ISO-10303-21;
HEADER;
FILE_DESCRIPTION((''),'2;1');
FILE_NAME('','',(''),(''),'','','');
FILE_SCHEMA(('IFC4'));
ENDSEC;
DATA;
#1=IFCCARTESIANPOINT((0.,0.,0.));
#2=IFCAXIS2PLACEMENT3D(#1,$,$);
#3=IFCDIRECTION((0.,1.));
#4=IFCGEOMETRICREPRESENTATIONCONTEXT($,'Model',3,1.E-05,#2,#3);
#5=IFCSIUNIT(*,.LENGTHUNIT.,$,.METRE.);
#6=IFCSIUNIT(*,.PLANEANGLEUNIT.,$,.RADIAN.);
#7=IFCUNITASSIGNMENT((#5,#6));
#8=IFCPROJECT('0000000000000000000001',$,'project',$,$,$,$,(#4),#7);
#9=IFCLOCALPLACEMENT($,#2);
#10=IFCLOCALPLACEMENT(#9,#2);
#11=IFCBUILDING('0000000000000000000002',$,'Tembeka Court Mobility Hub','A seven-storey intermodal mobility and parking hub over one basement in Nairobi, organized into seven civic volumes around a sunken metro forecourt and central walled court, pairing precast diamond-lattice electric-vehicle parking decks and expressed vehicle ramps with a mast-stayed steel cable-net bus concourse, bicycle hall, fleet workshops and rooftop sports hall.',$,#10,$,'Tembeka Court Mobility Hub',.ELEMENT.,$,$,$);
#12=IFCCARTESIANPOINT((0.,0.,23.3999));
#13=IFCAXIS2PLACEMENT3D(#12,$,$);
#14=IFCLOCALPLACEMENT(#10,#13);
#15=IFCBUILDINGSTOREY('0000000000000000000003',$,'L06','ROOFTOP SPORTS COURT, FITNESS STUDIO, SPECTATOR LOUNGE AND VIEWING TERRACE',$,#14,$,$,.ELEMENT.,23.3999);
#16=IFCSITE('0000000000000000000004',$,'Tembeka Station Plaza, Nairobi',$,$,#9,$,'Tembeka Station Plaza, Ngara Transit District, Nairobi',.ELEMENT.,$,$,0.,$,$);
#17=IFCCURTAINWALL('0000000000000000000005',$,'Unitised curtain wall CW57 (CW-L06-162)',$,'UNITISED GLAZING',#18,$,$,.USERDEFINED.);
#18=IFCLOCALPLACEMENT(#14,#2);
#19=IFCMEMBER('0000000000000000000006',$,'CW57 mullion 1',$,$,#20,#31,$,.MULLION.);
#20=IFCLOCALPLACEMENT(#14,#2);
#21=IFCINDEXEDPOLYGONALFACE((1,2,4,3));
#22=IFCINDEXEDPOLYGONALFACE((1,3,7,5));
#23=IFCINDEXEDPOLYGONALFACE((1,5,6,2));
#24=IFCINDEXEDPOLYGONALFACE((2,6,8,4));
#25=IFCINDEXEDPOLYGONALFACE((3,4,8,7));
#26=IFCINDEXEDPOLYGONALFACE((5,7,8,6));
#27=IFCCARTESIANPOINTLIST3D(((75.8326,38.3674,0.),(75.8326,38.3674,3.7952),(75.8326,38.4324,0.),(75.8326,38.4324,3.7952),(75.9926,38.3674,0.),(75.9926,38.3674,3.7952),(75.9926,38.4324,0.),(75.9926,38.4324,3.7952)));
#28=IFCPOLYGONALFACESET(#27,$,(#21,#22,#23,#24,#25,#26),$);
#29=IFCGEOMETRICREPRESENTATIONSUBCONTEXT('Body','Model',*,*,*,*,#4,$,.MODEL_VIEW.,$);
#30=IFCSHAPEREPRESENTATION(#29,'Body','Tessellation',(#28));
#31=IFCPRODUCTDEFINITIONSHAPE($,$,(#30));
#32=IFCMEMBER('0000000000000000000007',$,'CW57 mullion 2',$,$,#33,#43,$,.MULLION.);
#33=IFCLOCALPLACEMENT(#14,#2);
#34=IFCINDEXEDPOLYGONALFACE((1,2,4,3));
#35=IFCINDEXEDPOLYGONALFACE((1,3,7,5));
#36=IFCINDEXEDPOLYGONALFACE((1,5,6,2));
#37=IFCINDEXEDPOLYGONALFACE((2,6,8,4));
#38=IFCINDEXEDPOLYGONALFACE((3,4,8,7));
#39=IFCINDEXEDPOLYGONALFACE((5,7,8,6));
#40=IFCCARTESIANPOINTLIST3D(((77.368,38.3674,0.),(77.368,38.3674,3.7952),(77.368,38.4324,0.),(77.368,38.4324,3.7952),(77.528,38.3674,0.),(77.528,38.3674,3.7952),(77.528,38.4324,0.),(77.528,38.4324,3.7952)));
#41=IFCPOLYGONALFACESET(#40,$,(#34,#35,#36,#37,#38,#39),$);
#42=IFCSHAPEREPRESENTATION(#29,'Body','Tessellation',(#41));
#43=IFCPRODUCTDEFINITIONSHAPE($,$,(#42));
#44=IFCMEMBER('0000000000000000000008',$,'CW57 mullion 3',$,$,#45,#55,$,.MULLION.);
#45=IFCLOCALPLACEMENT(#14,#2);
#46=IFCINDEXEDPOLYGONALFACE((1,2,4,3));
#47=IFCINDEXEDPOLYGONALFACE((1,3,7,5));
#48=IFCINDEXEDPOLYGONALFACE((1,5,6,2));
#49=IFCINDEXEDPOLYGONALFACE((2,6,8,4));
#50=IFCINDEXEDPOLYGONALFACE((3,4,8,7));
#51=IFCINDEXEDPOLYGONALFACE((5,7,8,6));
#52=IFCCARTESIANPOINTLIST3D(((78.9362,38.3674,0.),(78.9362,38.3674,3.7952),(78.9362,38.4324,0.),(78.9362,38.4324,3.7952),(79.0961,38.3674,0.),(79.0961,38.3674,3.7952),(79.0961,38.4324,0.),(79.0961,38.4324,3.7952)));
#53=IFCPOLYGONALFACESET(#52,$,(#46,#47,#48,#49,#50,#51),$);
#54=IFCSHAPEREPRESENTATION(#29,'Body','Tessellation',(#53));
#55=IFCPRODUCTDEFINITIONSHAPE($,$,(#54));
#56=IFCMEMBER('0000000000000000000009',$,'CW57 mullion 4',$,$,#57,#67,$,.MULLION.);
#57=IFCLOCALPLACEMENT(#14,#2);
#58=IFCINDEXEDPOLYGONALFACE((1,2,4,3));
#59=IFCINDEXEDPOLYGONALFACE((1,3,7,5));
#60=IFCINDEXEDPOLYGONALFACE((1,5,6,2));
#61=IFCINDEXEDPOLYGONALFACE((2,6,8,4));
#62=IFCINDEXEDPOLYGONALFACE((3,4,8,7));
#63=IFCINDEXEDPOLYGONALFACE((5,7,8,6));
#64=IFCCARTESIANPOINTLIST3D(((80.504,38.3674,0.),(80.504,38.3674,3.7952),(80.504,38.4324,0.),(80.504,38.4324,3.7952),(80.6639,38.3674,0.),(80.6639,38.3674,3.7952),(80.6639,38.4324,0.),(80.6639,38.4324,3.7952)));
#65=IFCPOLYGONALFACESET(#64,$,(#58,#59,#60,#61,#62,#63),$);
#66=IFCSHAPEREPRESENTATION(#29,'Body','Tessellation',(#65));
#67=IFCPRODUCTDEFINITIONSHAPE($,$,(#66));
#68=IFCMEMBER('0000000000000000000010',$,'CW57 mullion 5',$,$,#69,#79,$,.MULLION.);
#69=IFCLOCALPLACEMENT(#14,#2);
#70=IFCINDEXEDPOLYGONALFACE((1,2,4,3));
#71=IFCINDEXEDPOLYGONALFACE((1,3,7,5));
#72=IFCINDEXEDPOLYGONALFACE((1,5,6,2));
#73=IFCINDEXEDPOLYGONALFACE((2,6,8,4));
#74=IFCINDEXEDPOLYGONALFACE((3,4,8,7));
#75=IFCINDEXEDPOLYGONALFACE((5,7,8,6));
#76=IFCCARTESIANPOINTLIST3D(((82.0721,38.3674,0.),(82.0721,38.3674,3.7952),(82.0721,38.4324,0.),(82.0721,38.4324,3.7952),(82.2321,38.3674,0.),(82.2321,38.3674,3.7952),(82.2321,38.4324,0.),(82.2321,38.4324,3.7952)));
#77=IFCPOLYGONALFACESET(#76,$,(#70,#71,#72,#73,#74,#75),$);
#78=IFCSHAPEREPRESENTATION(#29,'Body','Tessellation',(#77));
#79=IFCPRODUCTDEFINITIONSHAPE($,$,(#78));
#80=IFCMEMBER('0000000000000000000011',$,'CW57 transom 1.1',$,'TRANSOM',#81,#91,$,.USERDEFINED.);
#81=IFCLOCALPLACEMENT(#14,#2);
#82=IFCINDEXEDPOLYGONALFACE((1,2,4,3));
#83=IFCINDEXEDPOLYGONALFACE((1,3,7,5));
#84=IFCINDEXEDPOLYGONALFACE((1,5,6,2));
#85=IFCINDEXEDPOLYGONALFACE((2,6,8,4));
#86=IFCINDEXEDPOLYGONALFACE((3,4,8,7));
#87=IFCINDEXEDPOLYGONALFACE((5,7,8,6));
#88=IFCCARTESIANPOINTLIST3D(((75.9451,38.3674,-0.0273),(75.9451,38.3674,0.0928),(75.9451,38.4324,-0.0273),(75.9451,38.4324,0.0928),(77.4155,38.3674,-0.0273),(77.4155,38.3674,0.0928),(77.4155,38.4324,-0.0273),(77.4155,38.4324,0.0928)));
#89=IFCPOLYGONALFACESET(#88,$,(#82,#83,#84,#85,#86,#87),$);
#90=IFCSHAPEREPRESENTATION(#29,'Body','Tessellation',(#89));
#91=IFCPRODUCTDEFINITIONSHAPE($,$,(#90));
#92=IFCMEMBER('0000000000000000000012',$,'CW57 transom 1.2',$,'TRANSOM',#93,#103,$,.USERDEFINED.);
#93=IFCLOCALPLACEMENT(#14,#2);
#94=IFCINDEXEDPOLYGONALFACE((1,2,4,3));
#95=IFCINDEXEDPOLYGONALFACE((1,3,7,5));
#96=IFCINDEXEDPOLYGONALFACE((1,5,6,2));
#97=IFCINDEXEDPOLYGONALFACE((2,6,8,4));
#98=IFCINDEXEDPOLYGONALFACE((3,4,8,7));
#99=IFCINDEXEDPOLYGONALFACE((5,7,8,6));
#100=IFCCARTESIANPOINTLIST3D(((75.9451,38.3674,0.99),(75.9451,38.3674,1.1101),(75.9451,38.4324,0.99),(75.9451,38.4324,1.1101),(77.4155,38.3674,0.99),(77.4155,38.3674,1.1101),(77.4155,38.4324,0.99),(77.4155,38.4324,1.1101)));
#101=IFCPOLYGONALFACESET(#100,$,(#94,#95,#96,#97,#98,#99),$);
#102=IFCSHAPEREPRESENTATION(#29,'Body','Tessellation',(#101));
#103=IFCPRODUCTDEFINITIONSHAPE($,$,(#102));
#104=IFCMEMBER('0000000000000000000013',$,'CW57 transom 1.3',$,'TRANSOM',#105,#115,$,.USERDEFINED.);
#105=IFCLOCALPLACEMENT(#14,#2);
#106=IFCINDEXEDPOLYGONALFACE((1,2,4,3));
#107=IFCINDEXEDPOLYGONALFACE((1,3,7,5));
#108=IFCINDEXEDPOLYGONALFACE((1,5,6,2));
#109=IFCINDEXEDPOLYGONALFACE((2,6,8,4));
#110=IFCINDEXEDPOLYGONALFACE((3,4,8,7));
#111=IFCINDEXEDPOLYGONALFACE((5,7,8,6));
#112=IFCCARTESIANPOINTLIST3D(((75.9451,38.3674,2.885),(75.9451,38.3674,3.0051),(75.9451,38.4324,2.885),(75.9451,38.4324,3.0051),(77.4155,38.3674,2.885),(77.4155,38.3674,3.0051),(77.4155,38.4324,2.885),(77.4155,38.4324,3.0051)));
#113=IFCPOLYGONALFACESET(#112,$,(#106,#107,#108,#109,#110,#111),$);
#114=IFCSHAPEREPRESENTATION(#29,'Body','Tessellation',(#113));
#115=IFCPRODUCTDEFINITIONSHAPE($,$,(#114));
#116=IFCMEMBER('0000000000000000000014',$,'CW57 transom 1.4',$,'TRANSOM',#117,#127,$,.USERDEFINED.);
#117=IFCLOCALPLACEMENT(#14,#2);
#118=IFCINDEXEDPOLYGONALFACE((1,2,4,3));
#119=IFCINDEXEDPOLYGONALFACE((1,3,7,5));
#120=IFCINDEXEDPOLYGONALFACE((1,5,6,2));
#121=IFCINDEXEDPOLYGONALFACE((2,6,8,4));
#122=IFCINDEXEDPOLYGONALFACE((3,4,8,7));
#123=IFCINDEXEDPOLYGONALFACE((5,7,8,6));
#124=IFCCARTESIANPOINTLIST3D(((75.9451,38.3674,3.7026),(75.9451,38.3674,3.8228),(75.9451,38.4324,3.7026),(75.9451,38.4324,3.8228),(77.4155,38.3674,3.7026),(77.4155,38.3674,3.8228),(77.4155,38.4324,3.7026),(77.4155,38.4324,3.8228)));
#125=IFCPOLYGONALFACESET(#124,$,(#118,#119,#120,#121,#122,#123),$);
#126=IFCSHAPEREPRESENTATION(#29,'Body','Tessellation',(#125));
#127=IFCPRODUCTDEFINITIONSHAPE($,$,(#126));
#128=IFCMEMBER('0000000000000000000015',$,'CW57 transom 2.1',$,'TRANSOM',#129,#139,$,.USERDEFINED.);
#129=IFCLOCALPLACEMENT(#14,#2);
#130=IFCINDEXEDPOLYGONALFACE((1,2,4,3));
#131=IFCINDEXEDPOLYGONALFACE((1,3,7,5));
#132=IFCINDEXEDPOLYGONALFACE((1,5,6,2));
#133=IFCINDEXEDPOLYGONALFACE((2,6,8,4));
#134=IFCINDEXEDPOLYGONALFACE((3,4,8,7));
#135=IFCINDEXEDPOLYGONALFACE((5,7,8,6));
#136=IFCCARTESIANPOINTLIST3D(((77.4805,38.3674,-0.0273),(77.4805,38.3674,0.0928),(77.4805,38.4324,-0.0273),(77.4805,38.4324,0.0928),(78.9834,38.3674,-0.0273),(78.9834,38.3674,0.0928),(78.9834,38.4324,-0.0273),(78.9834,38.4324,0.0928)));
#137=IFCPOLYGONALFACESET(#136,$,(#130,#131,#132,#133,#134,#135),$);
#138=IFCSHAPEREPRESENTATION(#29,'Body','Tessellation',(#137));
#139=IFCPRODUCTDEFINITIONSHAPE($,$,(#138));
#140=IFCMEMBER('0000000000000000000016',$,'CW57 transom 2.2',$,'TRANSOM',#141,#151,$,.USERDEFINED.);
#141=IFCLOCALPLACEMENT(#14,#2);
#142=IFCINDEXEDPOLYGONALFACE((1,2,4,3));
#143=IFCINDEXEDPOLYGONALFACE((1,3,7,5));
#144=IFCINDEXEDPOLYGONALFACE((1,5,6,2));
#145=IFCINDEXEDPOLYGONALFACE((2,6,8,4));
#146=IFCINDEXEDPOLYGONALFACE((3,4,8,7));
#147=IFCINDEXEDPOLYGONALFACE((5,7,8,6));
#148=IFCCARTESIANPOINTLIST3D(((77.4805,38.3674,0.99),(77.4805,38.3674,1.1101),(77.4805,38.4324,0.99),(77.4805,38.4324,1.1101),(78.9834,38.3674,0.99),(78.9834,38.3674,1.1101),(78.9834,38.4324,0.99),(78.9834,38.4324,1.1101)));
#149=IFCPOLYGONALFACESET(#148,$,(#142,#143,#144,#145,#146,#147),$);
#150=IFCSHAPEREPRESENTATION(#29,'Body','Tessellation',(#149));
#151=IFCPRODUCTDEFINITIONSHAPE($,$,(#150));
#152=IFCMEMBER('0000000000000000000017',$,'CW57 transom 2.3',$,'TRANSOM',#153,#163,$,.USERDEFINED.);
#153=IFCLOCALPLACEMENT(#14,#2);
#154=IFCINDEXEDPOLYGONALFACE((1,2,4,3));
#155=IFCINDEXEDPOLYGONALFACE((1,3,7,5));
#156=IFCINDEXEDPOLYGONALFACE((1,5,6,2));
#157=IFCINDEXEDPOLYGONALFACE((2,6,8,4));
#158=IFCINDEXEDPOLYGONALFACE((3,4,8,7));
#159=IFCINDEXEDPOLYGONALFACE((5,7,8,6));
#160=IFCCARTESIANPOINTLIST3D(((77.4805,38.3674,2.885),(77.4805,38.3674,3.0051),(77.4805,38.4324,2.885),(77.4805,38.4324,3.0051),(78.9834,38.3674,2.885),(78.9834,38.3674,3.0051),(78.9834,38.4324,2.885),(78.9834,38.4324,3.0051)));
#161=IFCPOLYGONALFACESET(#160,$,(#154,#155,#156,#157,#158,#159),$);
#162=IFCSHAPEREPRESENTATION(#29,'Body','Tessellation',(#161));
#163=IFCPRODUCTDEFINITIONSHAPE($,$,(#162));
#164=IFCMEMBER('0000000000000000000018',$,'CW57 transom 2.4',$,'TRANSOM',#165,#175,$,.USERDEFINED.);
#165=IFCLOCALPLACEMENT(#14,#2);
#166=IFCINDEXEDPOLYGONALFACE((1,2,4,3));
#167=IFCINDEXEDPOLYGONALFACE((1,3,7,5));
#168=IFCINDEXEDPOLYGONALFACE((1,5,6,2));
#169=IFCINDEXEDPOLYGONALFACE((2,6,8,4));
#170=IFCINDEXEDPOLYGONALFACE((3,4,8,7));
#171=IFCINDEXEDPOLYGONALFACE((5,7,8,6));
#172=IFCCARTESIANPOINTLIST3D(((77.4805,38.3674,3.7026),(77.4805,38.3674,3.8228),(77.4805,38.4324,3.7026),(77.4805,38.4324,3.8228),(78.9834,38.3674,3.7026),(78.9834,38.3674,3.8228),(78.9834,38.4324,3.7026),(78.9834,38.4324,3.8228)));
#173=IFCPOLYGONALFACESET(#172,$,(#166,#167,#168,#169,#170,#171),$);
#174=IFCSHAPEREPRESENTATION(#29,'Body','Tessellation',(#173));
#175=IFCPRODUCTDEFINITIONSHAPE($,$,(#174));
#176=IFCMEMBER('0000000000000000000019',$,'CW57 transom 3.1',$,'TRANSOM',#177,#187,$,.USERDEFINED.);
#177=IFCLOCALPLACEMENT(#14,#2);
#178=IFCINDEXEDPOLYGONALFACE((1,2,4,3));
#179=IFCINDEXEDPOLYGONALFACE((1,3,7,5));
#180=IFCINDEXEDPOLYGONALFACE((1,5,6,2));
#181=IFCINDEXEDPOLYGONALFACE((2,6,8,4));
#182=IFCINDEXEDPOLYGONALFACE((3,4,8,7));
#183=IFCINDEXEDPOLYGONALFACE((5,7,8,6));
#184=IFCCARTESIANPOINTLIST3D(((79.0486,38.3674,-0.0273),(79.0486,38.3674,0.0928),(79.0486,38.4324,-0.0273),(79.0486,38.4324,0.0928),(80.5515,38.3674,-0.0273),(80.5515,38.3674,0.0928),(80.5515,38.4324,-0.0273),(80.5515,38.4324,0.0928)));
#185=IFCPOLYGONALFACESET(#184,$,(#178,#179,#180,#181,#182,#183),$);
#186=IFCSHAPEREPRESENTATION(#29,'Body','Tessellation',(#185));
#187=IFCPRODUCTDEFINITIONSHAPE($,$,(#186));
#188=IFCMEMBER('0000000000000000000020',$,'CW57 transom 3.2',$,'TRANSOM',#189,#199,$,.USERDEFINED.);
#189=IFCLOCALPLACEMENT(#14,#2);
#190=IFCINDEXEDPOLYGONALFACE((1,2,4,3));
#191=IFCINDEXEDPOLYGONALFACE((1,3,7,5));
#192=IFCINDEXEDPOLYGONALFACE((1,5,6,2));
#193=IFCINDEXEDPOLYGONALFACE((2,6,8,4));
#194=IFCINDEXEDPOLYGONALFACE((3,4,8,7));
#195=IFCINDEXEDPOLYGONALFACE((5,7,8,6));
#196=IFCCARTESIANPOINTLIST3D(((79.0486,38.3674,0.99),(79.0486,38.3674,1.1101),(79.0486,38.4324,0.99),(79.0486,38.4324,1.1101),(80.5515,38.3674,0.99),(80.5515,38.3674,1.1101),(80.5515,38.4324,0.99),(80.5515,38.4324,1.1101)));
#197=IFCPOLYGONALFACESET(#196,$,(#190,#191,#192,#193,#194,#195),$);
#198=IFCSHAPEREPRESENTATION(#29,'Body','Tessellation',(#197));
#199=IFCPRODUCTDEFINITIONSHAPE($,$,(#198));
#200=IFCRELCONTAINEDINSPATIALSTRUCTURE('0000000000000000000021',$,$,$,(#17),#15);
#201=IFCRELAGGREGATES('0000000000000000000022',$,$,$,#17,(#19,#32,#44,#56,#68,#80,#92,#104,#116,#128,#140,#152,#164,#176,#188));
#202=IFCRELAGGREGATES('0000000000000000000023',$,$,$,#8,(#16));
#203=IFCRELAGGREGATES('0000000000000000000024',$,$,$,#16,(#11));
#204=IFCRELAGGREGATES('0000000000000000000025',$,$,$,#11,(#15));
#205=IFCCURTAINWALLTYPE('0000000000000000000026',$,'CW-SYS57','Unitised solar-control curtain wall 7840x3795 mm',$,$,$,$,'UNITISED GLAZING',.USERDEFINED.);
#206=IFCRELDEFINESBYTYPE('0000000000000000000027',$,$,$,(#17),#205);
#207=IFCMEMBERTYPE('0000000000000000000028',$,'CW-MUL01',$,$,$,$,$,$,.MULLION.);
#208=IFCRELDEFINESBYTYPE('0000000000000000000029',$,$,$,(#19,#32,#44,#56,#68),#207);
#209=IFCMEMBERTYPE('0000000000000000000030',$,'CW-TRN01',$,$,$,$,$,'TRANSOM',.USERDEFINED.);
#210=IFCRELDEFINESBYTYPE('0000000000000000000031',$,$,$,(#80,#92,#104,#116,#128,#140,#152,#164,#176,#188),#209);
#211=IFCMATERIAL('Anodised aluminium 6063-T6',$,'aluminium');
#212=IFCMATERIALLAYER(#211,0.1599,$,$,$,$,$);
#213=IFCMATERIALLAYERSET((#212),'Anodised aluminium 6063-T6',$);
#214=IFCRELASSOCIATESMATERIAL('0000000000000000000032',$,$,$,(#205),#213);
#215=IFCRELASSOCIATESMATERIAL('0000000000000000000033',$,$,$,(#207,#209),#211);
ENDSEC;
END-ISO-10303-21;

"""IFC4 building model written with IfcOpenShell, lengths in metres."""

from ifc_helpers import new_model, si_unit, direction, frame, origin, origin_2d, place, context, subcontext, project, spatial, rectangle, extrude, material, layer, layer_set, material_profile, profile_set, type_object, element, aggregate, save


model = new_model("IFC4")

# Units and contexts
model_context = context("Model", 3, precision=1e-05, world=origin(), true_north=direction((0.0, 1.0)))
body_context = subcontext(model_context, "Body", "Model", "MODEL_VIEW")
ifc_project = project(units=[si_unit("LENGTHUNIT", "METRE"), si_unit("PLANEANGLEUNIT", "RADIAN")], contexts=[model_context])

# Site, building, storey
site_placement = place(None, origin())
site = spatial("IfcSite", under=ifc_project, at=site_placement, Name="Tembeka Station Plaza, Nairobi", LongName="Tembeka Station Plaza, Ngara Transit District, Nairobi", CompositionType="ELEMENT", RefElevation=0.0)
building_placement = place(site_placement, origin())
building = spatial("IfcBuilding", under=site, at=building_placement, Name="Tembeka Court Mobility Hub", Description="A seven-storey intermodal mobility and parking hub over one basement in Nairobi, organized into seven civic volumes around a sunken metro forecourt and central walled court, pairing precast diamond-lattice electric-vehicle parking decks and expressed vehicle ramps with a mast-stayed steel cable-net bus concourse, bicycle hall, fleet workshops and rooftop sports hall.", LongName="Tembeka Court Mobility Hub", CompositionType="ELEMENT")
storey_placement = place(building_placement, frame((0.0, 0.0, 23.3999)))
storey = spatial("IfcBuildingStorey", under=building, at=storey_placement, Name="L06", Description="ROOFTOP SPORTS COURT, FITNESS STUDIO, SPECTATOR LOUNGE AND VIEWING TERRACE", CompositionType="ELEMENT", Elevation=23.3999)

# Curtain wall, members
ifc_material_1 = material(Name="Anodised aluminium 6063-T6", Category="aluminium")
ifc_layer_1 = layer(ifc_material_1, 0.1599)
ifc_layer_set_1 = layer_set([ifc_layer_1], Name="Anodised aluminium 6063-T6")
curtain_wall_type = type_object("IfcCurtainWallType", Name="CW-SYS57", Description="Unitised solar-control curtain wall 7840x3795 mm", ElementType="UNITISED GLAZING", PredefinedType="USERDEFINED", material=ifc_layer_set_1)
curtain_wall_placement = place(storey_placement, origin())
curtain_wall = element("IfcCurtainWall", 1, at=curtain_wall_placement, inside=storey, type_object=curtain_wall_type, Name="Unitised curtain wall CW57 (CW-L06-162)", ObjectType="UNITISED GLAZING", PredefinedType="USERDEFINED")
ifc_material_profile_1 = material_profile(ifc_material_1, rectangle(XDim=0.0649, YDim=0.1599, at=origin_2d()), Name="ALU-MUL 65x160")
ifc_profile_set_1 = profile_set([ifc_material_profile_1], Name="Anodised aluminium 6063-T6")
member_type_1 = type_object("IfcMemberType", Name="CW-MUL01", PredefinedType="MULLION", material=ifc_profile_set_1)
member_1_placement = place(storey_placement, frame((75.9126, 38.3999, 0.0), z_axis=(0.0, 0.0, 1.0), x_axis=(0.0, 1.0, 0.0)))
member_1 = element("IfcMember", 2, at=member_1_placement, type_object=member_type_1, Name="CW57 mullion 1", PredefinedType="MULLION", context=body_context, shape_type="SweptSolid", body=[
    extrude(rectangle(XDim=0.0649, YDim=0.1599, at=origin_2d()), origin(), (0.0, 0.0, 1.0), 3.7952),
])
member_2_placement = place(storey_placement, frame((77.448, 38.3999, 0.0), z_axis=(0.0, 0.0, 1.0), x_axis=(0.0, 1.0, 0.0)))
member_2 = element("IfcMember", 3, at=member_2_placement, type_object=member_type_1, Name="CW57 mullion 2", PredefinedType="MULLION", context=body_context, shape_type="SweptSolid", body=[
    extrude(rectangle(XDim=0.0649, YDim=0.1599, at=origin_2d()), origin(), (0.0, 0.0, 1.0), 3.7952),
])
member_3_placement = place(storey_placement, frame((79.0161, 38.3999, 0.0), z_axis=(0.0, 0.0, 1.0), x_axis=(0.0, 1.0, 0.0)))
member_3 = element("IfcMember", 4, at=member_3_placement, type_object=member_type_1, Name="CW57 mullion 3", PredefinedType="MULLION", context=body_context, shape_type="SweptSolid", body=[
    extrude(rectangle(XDim=0.0649, YDim=0.1599, at=origin_2d()), origin(), (0.0, 0.0, 1.0), 3.7952),
])
member_4_placement = place(storey_placement, frame((80.584, 38.3999, 0.0), z_axis=(0.0, 0.0, 1.0), x_axis=(0.0, 1.0, 0.0)))
member_4 = element("IfcMember", 5, at=member_4_placement, type_object=member_type_1, Name="CW57 mullion 4", PredefinedType="MULLION", context=body_context, shape_type="SweptSolid", body=[
    extrude(rectangle(XDim=0.0649, YDim=0.1599, at=origin_2d()), origin(), (0.0, 0.0, 1.0), 3.7952),
])
member_5_placement = place(storey_placement, frame((82.1521, 38.3999, 0.0), z_axis=(0.0, 0.0, 1.0), x_axis=(0.0, 1.0, 0.0)))
member_5 = element("IfcMember", 6, at=member_5_placement, type_object=member_type_1, Name="CW57 mullion 5", PredefinedType="MULLION", context=body_context, shape_type="SweptSolid", body=[
    extrude(rectangle(XDim=0.0649, YDim=0.1599, at=origin_2d()), origin(), (0.0, 0.0, 1.0), 3.7952),
])
ifc_material_profile_2 = material_profile(ifc_material_1, rectangle(XDim=0.0649, YDim=0.1201, at=origin_2d()), Name="ALU-TRN 65x120")
ifc_profile_set_2 = profile_set([ifc_material_profile_2], Name="Anodised aluminium 6063-T6")
member_type_2 = type_object("IfcMemberType", Name="CW-TRN01", ElementType="TRANSOM", PredefinedType="USERDEFINED", material=ifc_profile_set_2)
member_6_placement = place(storey_placement, frame((75.9451, 38.3999, 0.0327), z_axis=(1.0, 0.0, 0.0), x_axis=(0.0, 1.0, 0.0)))
member_6 = element("IfcMember", 7, at=member_6_placement, type_object=member_type_2, Name="CW57 transom 1.1", ObjectType="TRANSOM", PredefinedType="USERDEFINED", context=body_context, shape_type="SweptSolid", body=[
    extrude(rectangle(XDim=0.0649, YDim=0.1201, at=origin_2d()), origin(), (0.0, 0.0, 1.0), 1.4705),
])
member_7_placement = place(storey_placement, frame((75.9451, 38.3999, 1.05), z_axis=(1.0, 0.0, 0.0), x_axis=(0.0, 1.0, 0.0)))
member_7 = element("IfcMember", 8, at=member_7_placement, type_object=member_type_2, Name="CW57 transom 1.2", ObjectType="TRANSOM", PredefinedType="USERDEFINED", context=body_context, shape_type="SweptSolid", body=[
    extrude(rectangle(XDim=0.0649, YDim=0.1201, at=origin_2d()), origin(), (0.0, 0.0, 1.0), 1.4705),
])
member_8_placement = place(storey_placement, frame((75.9451, 38.3999, 2.9451), z_axis=(1.0, 0.0, 0.0), x_axis=(0.0, 1.0, 0.0)))
member_8 = element("IfcMember", 9, at=member_8_placement, type_object=member_type_2, Name="CW57 transom 1.3", ObjectType="TRANSOM", PredefinedType="USERDEFINED", context=body_context, shape_type="SweptSolid", body=[
    extrude(rectangle(XDim=0.0649, YDim=0.1201, at=origin_2d()), origin(), (0.0, 0.0, 1.0), 1.4705),
])
member_9_placement = place(storey_placement, frame((75.9451, 38.3999, 3.7627), z_axis=(1.0, 0.0, 0.0), x_axis=(0.0, 1.0, 0.0)))
member_9 = element("IfcMember", 10, at=member_9_placement, type_object=member_type_2, Name="CW57 transom 1.4", ObjectType="TRANSOM", PredefinedType="USERDEFINED", context=body_context, shape_type="SweptSolid", body=[
    extrude(rectangle(XDim=0.0649, YDim=0.1201, at=origin_2d()), origin(), (0.0, 0.0, 1.0), 1.4705),
])
member_10_placement = place(storey_placement, frame((77.4805, 38.3999, 0.0327), z_axis=(1.0, 0.0, 0.0), x_axis=(0.0, 1.0, 0.0)))
member_10 = element("IfcMember", 11, at=member_10_placement, type_object=member_type_2, Name="CW57 transom 2.1", ObjectType="TRANSOM", PredefinedType="USERDEFINED", context=body_context, shape_type="SweptSolid", body=[
    extrude(rectangle(XDim=0.0649, YDim=0.1201, at=origin_2d()), origin(), (0.0, 0.0, 1.0), 1.5029),
])
member_11_placement = place(storey_placement, frame((77.4805, 38.3999, 1.05), z_axis=(1.0, 0.0, 0.0), x_axis=(0.0, 1.0, 0.0)))
member_11 = element("IfcMember", 12, at=member_11_placement, type_object=member_type_2, Name="CW57 transom 2.2", ObjectType="TRANSOM", PredefinedType="USERDEFINED", context=body_context, shape_type="SweptSolid", body=[
    extrude(rectangle(XDim=0.0649, YDim=0.1201, at=origin_2d()), origin(), (0.0, 0.0, 1.0), 1.5029),
])
member_12_placement = place(storey_placement, frame((77.4805, 38.3999, 2.9451), z_axis=(1.0, 0.0, 0.0), x_axis=(0.0, 1.0, 0.0)))
member_12 = element("IfcMember", 13, at=member_12_placement, type_object=member_type_2, Name="CW57 transom 2.3", ObjectType="TRANSOM", PredefinedType="USERDEFINED", context=body_context, shape_type="SweptSolid", body=[
    extrude(rectangle(XDim=0.0649, YDim=0.1201, at=origin_2d()), origin(), (0.0, 0.0, 1.0), 1.5029),
])
member_13_placement = place(storey_placement, frame((77.4805, 38.3999, 3.7627), z_axis=(1.0, 0.0, 0.0), x_axis=(0.0, 1.0, 0.0)))
member_13 = element("IfcMember", 14, at=member_13_placement, type_object=member_type_2, Name="CW57 transom 2.4", ObjectType="TRANSOM", PredefinedType="USERDEFINED", context=body_context, shape_type="SweptSolid", body=[
    extrude(rectangle(XDim=0.0649, YDim=0.1201, at=origin_2d()), origin(), (0.0, 0.0, 1.0), 1.5029),
])
member_14_placement = place(storey_placement, frame((79.0486, 38.3999, 0.0327), z_axis=(1.0, 0.0, 0.0), x_axis=(0.0, 1.0, 0.0)))
member_14 = element("IfcMember", 15, at=member_14_placement, type_object=member_type_2, Name="CW57 transom 3.1", ObjectType="TRANSOM", PredefinedType="USERDEFINED", context=body_context, shape_type="SweptSolid", body=[
    extrude(rectangle(XDim=0.0649, YDim=0.1201, at=origin_2d()), origin(), (0.0, 0.0, 1.0), 1.5029),
])
member_15_placement = place(storey_placement, frame((79.0486, 38.3999, 1.05), z_axis=(1.0, 0.0, 0.0), x_axis=(0.0, 1.0, 0.0)))
member_15 = element("IfcMember", 16, at=member_15_placement, type_object=member_type_2, Name="CW57 transom 3.2", ObjectType="TRANSOM", PredefinedType="USERDEFINED", context=body_context, shape_type="SweptSolid", body=[
    extrude(rectangle(XDim=0.0649, YDim=0.1201, at=origin_2d()), origin(), (0.0, 0.0, 1.0), 1.5029),
])
aggregate(curtain_wall, [member_1, member_2, member_3, member_4, member_5, member_6, member_7, member_8, member_9, member_10, member_11, member_12, member_13, member_14, member_15])

save(model, "model.ifc")
